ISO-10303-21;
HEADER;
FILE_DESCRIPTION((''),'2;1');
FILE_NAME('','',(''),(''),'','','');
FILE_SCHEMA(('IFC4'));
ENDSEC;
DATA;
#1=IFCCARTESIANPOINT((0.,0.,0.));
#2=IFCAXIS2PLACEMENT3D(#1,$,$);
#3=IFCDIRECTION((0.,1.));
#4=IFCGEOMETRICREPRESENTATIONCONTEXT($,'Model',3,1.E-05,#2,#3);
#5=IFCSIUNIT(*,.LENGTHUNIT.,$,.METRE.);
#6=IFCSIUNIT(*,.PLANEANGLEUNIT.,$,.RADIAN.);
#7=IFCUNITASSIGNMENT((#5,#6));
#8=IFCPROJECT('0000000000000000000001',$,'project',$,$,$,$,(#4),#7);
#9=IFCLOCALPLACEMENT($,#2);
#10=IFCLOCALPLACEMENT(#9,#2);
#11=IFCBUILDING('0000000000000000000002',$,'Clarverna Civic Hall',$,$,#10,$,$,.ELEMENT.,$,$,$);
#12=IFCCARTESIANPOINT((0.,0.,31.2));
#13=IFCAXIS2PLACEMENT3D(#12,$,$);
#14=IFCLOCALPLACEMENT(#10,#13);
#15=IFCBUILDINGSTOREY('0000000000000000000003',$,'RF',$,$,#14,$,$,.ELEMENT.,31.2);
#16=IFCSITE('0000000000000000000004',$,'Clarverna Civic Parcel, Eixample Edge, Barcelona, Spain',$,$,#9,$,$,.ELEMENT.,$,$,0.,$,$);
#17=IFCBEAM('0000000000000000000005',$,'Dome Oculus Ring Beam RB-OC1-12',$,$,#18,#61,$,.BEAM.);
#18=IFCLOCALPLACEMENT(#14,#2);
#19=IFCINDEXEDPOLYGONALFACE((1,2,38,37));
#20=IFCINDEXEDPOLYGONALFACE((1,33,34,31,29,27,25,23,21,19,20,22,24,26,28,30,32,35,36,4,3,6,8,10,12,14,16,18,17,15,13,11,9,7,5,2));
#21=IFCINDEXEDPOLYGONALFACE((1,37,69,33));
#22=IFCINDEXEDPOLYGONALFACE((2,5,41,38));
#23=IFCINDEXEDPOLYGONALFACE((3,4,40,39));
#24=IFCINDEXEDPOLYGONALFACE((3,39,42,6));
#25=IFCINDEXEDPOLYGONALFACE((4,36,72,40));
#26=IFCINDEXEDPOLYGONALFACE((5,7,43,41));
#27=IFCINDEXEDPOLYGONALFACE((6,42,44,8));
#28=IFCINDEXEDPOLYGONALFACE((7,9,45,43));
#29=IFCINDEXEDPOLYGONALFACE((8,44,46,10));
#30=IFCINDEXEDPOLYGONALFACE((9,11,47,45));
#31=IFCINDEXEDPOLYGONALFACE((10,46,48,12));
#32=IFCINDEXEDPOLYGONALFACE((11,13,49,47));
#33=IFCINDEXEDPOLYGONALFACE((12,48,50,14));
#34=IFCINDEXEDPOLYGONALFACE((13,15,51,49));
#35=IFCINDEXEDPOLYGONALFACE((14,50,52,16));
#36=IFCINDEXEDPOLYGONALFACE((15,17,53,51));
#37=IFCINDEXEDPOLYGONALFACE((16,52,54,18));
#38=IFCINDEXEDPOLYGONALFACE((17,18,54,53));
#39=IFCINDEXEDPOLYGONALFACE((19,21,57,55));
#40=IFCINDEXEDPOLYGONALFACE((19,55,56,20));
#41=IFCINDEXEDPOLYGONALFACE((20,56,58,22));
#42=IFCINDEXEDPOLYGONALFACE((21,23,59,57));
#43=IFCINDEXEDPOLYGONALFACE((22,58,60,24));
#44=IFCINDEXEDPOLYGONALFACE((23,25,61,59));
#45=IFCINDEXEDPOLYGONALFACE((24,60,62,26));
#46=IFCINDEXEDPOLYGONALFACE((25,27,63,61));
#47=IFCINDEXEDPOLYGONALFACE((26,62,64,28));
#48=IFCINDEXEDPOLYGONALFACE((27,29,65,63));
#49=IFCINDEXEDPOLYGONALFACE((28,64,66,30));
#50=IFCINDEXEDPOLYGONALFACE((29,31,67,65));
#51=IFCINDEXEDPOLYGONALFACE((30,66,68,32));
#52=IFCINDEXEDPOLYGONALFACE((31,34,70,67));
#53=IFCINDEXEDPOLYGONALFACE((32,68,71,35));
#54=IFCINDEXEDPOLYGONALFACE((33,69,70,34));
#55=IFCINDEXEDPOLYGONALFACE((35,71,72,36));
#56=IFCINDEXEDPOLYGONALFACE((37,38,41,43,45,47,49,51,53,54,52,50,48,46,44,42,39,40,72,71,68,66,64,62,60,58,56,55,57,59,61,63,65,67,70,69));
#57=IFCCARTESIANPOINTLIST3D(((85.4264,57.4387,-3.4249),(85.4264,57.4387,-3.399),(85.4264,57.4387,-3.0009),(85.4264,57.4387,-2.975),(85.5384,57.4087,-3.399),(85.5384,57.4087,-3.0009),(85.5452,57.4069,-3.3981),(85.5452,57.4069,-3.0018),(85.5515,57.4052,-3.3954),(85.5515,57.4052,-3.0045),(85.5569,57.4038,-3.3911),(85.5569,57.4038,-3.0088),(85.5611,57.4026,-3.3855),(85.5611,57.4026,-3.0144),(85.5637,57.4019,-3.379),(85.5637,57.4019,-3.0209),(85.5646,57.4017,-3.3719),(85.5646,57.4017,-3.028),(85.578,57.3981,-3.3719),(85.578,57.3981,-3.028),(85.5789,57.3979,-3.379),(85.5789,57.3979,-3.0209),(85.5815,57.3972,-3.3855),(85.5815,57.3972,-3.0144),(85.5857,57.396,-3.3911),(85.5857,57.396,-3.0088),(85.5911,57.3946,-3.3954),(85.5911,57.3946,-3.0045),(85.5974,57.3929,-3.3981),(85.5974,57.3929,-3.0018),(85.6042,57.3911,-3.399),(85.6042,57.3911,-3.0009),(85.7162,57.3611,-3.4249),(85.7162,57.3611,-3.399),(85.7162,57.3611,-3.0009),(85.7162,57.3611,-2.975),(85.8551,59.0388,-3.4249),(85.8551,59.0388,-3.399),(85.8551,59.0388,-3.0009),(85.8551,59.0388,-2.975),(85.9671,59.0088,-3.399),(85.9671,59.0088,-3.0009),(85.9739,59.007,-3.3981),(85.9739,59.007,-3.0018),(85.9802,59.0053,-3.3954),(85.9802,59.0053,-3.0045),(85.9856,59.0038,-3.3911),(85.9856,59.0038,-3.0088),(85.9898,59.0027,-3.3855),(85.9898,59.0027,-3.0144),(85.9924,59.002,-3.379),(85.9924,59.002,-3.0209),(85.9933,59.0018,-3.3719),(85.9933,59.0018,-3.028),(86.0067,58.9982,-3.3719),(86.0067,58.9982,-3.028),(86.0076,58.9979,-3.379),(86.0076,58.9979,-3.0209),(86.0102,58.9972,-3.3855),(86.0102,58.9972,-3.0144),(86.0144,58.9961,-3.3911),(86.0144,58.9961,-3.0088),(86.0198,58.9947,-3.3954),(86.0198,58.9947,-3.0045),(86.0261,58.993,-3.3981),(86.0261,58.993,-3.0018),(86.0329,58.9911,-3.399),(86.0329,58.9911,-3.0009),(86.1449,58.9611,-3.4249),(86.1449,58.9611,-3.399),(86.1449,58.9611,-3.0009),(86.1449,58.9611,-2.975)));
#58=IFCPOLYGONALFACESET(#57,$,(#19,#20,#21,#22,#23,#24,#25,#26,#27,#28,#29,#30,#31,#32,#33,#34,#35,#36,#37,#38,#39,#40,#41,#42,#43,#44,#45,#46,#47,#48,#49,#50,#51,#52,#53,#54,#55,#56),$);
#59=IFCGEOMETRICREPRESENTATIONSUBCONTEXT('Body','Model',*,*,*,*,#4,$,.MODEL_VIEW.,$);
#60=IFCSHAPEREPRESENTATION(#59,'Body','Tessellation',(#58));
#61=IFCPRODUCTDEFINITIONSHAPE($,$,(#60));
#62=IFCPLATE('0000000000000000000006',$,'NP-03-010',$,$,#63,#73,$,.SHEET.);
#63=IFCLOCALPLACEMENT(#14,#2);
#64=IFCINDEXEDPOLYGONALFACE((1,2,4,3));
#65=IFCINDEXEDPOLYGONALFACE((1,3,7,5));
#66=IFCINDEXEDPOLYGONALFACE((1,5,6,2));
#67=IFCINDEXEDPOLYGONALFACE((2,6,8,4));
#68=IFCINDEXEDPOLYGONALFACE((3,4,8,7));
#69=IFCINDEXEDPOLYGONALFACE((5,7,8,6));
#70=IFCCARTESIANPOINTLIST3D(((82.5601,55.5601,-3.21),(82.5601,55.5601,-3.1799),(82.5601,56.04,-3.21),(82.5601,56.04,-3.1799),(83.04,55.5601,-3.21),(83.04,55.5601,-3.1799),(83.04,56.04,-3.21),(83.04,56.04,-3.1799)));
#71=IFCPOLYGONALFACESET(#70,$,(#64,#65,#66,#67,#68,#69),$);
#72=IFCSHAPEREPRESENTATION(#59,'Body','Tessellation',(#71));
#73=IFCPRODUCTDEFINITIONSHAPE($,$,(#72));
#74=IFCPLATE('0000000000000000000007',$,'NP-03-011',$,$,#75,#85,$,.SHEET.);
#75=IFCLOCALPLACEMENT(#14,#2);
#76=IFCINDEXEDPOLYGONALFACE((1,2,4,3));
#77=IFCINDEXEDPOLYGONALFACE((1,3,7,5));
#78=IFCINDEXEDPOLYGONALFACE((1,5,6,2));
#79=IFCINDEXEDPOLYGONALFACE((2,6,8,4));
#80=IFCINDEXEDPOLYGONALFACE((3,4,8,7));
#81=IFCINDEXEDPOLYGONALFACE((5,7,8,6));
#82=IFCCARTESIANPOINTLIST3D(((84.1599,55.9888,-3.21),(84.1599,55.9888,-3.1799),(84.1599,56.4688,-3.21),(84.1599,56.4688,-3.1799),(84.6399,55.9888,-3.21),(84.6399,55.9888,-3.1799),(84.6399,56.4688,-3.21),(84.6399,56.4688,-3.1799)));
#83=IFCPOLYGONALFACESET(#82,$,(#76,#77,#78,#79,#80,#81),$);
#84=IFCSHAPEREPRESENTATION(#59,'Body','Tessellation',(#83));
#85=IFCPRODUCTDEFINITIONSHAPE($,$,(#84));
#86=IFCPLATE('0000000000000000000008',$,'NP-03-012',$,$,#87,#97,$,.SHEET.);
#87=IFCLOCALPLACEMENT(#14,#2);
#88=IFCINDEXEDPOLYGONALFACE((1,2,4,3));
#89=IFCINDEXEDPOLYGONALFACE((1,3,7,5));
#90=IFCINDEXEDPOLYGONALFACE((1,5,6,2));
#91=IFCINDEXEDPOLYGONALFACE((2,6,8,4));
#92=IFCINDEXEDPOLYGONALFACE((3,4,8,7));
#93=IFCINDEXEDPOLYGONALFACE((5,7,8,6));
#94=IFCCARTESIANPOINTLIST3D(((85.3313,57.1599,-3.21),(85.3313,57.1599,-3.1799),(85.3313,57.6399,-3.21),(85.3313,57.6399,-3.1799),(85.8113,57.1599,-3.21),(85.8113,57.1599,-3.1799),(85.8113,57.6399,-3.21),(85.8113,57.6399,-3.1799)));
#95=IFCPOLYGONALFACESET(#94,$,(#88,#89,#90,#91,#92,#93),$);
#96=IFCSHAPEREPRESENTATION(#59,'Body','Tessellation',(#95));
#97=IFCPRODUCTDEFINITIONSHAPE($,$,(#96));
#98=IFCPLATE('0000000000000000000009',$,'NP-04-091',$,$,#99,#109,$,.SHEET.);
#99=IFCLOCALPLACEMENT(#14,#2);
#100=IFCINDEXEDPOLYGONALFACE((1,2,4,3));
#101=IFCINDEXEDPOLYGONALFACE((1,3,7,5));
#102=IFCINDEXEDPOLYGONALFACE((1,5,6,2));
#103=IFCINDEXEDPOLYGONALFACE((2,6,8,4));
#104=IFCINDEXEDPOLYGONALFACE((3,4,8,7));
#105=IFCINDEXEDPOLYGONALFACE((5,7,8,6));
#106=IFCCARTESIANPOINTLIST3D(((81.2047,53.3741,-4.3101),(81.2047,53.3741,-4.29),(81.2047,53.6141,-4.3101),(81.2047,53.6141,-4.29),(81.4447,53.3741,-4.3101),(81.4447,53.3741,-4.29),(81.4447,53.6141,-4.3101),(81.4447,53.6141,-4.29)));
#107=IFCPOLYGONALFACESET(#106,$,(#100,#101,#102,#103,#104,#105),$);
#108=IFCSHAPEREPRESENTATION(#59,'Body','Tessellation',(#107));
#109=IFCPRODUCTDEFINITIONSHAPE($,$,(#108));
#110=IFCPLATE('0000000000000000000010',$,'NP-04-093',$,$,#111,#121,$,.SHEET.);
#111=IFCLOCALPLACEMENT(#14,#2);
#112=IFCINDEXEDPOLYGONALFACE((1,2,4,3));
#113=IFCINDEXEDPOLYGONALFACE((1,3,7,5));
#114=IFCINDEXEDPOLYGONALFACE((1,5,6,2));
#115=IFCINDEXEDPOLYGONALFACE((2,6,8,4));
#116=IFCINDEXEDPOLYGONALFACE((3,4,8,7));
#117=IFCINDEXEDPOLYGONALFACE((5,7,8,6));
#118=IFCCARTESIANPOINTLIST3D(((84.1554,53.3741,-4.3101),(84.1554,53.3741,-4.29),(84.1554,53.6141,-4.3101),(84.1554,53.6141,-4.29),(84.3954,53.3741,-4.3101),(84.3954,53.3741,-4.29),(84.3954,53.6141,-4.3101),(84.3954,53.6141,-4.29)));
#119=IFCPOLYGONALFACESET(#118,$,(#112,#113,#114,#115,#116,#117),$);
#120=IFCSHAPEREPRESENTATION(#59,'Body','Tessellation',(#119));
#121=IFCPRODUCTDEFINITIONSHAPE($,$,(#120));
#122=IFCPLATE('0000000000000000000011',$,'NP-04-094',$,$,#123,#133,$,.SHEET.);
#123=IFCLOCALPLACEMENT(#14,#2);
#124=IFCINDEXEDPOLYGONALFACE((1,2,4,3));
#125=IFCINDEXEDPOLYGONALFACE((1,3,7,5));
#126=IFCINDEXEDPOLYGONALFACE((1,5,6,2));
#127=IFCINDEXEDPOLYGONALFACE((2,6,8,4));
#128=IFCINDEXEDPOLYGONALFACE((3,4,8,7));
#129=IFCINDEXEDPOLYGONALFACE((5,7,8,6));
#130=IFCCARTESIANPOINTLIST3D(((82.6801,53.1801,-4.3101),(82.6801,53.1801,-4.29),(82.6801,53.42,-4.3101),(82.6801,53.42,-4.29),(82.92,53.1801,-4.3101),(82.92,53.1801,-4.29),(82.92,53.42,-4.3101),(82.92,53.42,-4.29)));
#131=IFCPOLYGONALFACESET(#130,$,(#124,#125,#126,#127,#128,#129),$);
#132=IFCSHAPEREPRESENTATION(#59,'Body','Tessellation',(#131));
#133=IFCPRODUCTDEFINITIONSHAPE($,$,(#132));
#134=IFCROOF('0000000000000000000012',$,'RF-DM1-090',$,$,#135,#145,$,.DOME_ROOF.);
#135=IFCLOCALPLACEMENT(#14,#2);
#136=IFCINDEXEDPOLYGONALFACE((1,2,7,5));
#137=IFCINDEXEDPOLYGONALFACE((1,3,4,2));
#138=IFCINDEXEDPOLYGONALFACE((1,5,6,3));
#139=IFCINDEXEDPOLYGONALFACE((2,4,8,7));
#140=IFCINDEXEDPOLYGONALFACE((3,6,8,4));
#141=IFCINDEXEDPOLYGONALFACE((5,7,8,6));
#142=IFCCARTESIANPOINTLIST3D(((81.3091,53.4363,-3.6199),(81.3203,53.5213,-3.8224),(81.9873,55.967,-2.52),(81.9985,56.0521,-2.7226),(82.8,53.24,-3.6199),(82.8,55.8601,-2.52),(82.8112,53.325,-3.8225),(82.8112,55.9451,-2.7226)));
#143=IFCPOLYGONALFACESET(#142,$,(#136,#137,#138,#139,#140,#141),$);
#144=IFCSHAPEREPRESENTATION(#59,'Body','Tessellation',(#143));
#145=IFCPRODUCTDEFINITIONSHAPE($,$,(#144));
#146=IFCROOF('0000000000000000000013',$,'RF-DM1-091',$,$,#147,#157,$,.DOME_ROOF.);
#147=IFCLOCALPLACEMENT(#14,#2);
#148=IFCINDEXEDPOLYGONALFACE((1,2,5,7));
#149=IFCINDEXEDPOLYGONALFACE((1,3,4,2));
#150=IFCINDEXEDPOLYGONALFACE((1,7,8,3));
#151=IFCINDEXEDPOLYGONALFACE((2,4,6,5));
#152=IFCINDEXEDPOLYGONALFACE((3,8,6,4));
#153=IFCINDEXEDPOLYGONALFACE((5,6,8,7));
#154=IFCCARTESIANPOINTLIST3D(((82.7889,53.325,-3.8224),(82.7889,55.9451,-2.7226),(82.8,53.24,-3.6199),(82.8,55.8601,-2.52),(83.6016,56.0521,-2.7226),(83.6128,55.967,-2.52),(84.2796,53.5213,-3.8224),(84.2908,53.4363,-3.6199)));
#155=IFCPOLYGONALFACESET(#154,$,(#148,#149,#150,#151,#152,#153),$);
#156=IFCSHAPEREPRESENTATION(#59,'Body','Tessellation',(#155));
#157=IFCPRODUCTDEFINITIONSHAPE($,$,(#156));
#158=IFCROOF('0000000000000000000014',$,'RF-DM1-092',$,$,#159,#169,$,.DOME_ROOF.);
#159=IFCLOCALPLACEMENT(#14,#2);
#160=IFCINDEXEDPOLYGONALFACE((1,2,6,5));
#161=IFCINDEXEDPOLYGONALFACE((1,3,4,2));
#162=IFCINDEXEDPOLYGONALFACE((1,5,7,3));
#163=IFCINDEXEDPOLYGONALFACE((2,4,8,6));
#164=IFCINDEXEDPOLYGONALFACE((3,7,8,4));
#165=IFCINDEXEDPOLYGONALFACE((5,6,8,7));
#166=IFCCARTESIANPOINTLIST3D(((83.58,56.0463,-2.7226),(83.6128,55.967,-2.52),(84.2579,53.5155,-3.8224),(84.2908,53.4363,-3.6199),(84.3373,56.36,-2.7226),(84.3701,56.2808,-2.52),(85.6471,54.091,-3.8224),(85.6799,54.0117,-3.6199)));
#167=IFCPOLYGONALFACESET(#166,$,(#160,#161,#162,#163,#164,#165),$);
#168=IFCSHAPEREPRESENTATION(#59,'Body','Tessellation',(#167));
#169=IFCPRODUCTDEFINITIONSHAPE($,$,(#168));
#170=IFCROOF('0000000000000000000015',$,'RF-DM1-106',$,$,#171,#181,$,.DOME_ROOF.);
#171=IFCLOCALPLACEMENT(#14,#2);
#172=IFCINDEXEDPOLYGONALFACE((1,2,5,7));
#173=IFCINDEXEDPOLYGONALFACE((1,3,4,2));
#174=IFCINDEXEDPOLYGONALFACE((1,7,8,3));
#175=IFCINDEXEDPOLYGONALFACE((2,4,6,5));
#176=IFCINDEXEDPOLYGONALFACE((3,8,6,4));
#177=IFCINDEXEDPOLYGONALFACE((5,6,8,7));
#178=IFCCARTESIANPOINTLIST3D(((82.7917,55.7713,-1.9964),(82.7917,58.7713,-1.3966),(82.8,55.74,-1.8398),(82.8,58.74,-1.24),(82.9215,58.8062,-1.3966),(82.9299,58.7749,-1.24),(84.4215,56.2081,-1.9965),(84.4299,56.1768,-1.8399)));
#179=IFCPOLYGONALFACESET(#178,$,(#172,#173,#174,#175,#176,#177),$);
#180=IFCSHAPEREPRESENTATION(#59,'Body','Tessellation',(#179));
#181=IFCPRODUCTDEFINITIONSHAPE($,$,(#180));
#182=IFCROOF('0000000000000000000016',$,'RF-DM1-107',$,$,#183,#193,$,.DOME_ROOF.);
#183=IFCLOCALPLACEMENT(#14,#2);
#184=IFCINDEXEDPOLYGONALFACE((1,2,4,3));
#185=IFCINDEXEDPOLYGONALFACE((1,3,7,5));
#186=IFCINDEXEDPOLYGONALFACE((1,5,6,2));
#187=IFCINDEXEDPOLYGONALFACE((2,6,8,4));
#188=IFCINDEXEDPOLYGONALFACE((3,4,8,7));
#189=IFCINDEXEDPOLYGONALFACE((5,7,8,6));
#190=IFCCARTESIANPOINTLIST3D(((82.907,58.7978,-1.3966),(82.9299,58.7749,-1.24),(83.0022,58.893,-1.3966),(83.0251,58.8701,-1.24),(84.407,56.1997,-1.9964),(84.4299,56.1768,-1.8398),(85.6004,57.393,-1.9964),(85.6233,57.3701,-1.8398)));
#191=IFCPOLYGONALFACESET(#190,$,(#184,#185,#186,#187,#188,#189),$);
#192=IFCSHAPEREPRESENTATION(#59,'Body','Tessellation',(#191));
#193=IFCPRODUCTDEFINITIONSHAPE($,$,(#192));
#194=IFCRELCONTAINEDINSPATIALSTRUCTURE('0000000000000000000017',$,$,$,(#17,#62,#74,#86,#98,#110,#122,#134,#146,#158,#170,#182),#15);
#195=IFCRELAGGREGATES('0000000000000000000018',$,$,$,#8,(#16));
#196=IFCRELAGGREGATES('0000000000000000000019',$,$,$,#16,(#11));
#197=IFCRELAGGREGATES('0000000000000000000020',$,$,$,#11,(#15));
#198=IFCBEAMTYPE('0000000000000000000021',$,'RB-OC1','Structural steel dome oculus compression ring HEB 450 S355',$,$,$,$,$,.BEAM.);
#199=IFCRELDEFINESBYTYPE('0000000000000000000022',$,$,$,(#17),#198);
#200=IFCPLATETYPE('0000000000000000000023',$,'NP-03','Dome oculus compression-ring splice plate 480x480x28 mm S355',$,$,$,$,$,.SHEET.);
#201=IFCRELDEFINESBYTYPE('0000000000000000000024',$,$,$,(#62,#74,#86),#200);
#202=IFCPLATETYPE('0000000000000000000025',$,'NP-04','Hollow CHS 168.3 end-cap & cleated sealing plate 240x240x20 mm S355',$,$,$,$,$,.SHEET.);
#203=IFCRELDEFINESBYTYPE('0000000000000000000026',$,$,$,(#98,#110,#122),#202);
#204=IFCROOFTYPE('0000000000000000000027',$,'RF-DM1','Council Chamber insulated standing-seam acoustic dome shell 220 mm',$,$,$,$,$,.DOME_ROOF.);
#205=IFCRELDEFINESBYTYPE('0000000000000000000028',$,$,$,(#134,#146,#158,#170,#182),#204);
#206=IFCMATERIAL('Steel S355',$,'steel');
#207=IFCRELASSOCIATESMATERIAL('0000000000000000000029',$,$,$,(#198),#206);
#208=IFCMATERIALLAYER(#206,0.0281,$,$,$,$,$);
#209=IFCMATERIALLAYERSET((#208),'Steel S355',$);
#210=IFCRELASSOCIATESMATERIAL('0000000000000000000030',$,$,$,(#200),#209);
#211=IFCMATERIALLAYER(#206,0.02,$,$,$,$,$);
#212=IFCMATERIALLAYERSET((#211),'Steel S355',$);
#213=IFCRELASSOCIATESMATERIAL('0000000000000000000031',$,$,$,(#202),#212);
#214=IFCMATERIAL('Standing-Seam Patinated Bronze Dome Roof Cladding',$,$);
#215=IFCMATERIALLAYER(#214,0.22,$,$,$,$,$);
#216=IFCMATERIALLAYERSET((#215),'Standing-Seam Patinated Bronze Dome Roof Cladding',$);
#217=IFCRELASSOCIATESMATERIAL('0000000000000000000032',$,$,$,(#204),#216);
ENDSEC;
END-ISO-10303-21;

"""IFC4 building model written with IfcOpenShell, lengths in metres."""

from ifc_helpers import new_model, si_unit, direction, frame, origin, origin_2d, place, context, subcontext, project, spatial, polyline, rectangle, i_section, outline, extrude, material, layer, layer_set, material_profile, profile_set, type_object, element, save


model = new_model("IFC4")

# Units and contexts
model_context = context("Model", 3, precision=1e-05, world=origin(), true_north=direction((0.0, 1.0)))
body_context = subcontext(model_context, "Body", "Model", "MODEL_VIEW")
ifc_project = project(units=[si_unit("LENGTHUNIT", "METRE"), si_unit("PLANEANGLEUNIT", "RADIAN")], contexts=[model_context])

# Site, building, storey
site_placement = place(None, origin())
site = spatial("IfcSite", under=ifc_project, at=site_placement, Name="Clarverna Civic Parcel, Eixample Edge, Barcelona, Spain", CompositionType="ELEMENT", RefElevation=0.0)
building_placement = place(site_placement, origin())
building = spatial("IfcBuilding", under=site, at=building_placement, Name="Clarverna Civic Hall", CompositionType="ELEMENT")
storey_placement = place(building_placement, frame((0.0, 0.0, 31.2)))
storey = spatial("IfcBuildingStorey", under=building, at=storey_placement, Name="RF", CompositionType="ELEMENT", Elevation=31.2)

# Shared definitions
ifc_material_1 = material(Name="Steel S355", Category="steel")

# Beam
ifc_material_profile_1 = material_profile(ifc_material_1, i_section(OverallWidth=0.3, OverallDepth=0.45, WebThickness=0.0139, FlangeThickness=0.0259, FilletRadius=0.0271, at=origin_2d()), Name="HEB 450")
ifc_profile_set_1 = profile_set([ifc_material_profile_1], Name="Steel S355")
beam_type = type_object("IfcBeamType", Name="RB-OC1", Description="Structural steel dome oculus compression ring HEB 450 S355", PredefinedType="BEAM", material=ifc_profile_set_1)
for number, where, z_axis, x_axis, name in (
    (1, (85.5713, 57.3999, -3.2), (0.2588, 0.965931, 0.0), (-0.965931, 0.2588, 0.0), "Dome Oculus Ring Beam RB-OC1-12"),
):
    element("IfcBeam", number, at=place(storey_placement, frame(where, z_axis=z_axis, x_axis=x_axis)), inside=storey, type_object=beam_type, Name=name, PredefinedType="BEAM", context=body_context, shape_type="SweptSolid", body=[
        extrude(i_section(OverallWidth=0.3, OverallDepth=0.45, WebThickness=0.0139, FlangeThickness=0.0259, FilletRadius=0.0271, at=origin_2d()), origin(), (0.0, 0.0, 1.0), 1.6565),
    ])

# Plates
ifc_layer_1 = layer(ifc_material_1, 0.0281)
ifc_layer_set_1 = layer_set([ifc_layer_1], Name="Steel S355")
plate_type_1 = type_object("IfcPlateType", Name="NP-03", Description="Dome oculus compression-ring splice plate 480x480x28 mm S355", PredefinedType="SHEET", material=ifc_layer_set_1)
for number, where, z_axis, x_axis, name in (
    (2, (82.8, 55.8, -3.21), (0.0, 0.0, 1.0), (1.0, 0.0, 0.0), "NP-03-010"),
    (3, (84.3999, 56.2288, -3.21), (0.0, 0.0, 1.0), (1.0, 0.0, 0.0), "NP-03-011"),
    (4, (85.5713, 57.3999, -3.21), (0.0, 0.0, 1.0), (1.0, 0.0, 0.0), "NP-03-012"),
):
    element("IfcPlate", number, at=place(storey_placement, frame(where, z_axis=z_axis, x_axis=x_axis)), inside=storey, type_object=plate_type_1, Name=name, PredefinedType="SHEET", context=body_context, shape_type="SweptSolid", body=[
        extrude(rectangle(XDim=0.48, YDim=0.48, at=origin_2d()), origin(), (0.0, 0.0, 1.0), 0.03),
    ])
ifc_layer_2 = layer(ifc_material_1, 0.02)
ifc_layer_set_2 = layer_set([ifc_layer_2], Name="Steel S355")
plate_type_2 = type_object("IfcPlateType", Name="NP-04", Description="Hollow CHS 168.3 end-cap & cleated sealing plate 240x240x20 mm S355", PredefinedType="SHEET", material=ifc_layer_set_2)
for number, where, z_axis, x_axis, name in (
    (5, (81.3247, 53.4941, -4.3101), (0.0, 0.0, 1.0), (1.0, 0.0, 0.0), "NP-04-091"),
    (6, (84.2754, 53.4941, -4.3101), (0.0, 0.0, 1.0), (1.0, 0.0, 0.0), "NP-04-093"),
    (7, (82.8, 53.3, -4.3101), (0.0, 0.0, 1.0), (1.0, 0.0, 0.0), "NP-04-094"),
):
    element("IfcPlate", number, at=place(storey_placement, frame(where, z_axis=z_axis, x_axis=x_axis)), inside=storey, type_object=plate_type_2, Name=name, PredefinedType="SHEET", context=body_context, shape_type="SweptSolid", body=[
        extrude(rectangle(XDim=0.24, YDim=0.24, at=origin_2d()), origin(), (0.0, 0.0, 1.0), 0.02),
    ])

# Roofs
ifc_material_2 = material(Name="Standing-Seam Patinated Bronze Dome Roof Cladding")
ifc_layer_3 = layer(ifc_material_2, 0.22)
ifc_layer_set_3 = layer_set([ifc_layer_3], Name="Standing-Seam Patinated Bronze Dome Roof Cladding")
roof_type = type_object("IfcRoofType", Name="RF-DM1", Description="Council Chamber insulated standing-seam acoustic dome shell 220 mm", PredefinedType="DOME_ROOF", material=ifc_layer_set_3)
roof_1_placement = place(storey_placement, frame((81.3091, 53.4363, -3.6199), z_axis=(-0.05088, -0.386558, 0.92086), x_axis=(0.991445, -0.130522, -0.00001)))
element("IfcRoof", 8, at=roof_1_placement, inside=storey, type_object=roof_type, Name="RF-DM1-090", PredefinedType="DOME_ROOF", context=body_context, shape_type="SweptSolid", body=[
    extrude(outline(polyline([(0.0, 0.0), (1.5038, 0.0), (1.1618, 2.8209), (0.3421, 2.8209), (0.0, 0.0)])), origin(), (0.0, 0.0, -1.0), 0.22),
])
roof_2_placement = place(storey_placement, frame((82.8, 53.24, -3.6199), z_axis=(0.050886, -0.38656, 0.92086), x_axis=(0.991443, 0.130542, 0.000013)))
element("IfcRoof", 9, at=roof_2_placement, inside=storey, type_object=roof_type, Name="RF-DM1-091", PredefinedType="DOME_ROOF", context=body_context, shape_type="SweptSolid", body=[
    extrude(outline(polyline([(0.0, 0.0), (1.5036, 0.0), (1.1618, 2.8209), (0.342, 2.8209), (0.0, 0.0)])), origin(), (0.0, 0.0, -1.0), 0.22),
])
roof_3_placement = place(storey_placement, frame((84.2908, 53.4363, -3.6199), z_axis=(0.149218, -0.360222, 0.920855), x_axis=(0.923872, 0.382701, -0.000001)))
element("IfcRoof", 10, at=roof_3_placement, inside=storey, type_object=roof_type, Name="RF-DM1-092", PredefinedType="DOME_ROOF", context=body_context, shape_type="SweptSolid", body=[
    extrude(outline(polyline([(0.0, 0.0), (1.5036, 0.0), (1.1619, 2.8208), (0.3422, 2.8208), (0.0, 0.0)])), origin(), (0.0, 0.0, -1.0), 0.22),
])
roof_4_placement = place(storey_placement, frame((82.8, 55.74, -1.8398), z_axis=(0.05248, -0.195794, 0.97924), x_axis=(0.965919, 0.258844, -0.000011)))
element("IfcRoof", 11, at=roof_4_placement, inside=storey, type_object=roof_type, Name="RF-DM1-106", PredefinedType="DOME_ROOF", context=body_context, shape_type="SweptSolid", body=[
    extrude(outline(polyline([(0.0, 0.0), (1.6874, 0.0), (0.911, 2.9593), (0.7765, 2.9592), (0.0, 0.0)])), origin(), (0.0, 0.0, -1.0), 0.1599),
])
roof_5_placement = place(storey_placement, frame((84.4299, 56.1768, -1.8398), z_axis=(0.143333, -0.143333, 0.97924), x_axis=(0.707107, 0.707107, 0.0)))
element("IfcRoof", 12, at=roof_5_placement, inside=storey, type_object=roof_type, Name="RF-DM1-107", PredefinedType="DOME_ROOF", context=body_context, shape_type="SweptSolid", body=[
    extrude(outline(polyline([(0.0, 0.0), (1.6877, 0.0), (0.9112, 2.9593), (0.7765, 2.9593), (0.0, 0.0)])), origin(), (0.0, 0.0, -1.0), 0.1599),
])

save(model, "model.ifc")
